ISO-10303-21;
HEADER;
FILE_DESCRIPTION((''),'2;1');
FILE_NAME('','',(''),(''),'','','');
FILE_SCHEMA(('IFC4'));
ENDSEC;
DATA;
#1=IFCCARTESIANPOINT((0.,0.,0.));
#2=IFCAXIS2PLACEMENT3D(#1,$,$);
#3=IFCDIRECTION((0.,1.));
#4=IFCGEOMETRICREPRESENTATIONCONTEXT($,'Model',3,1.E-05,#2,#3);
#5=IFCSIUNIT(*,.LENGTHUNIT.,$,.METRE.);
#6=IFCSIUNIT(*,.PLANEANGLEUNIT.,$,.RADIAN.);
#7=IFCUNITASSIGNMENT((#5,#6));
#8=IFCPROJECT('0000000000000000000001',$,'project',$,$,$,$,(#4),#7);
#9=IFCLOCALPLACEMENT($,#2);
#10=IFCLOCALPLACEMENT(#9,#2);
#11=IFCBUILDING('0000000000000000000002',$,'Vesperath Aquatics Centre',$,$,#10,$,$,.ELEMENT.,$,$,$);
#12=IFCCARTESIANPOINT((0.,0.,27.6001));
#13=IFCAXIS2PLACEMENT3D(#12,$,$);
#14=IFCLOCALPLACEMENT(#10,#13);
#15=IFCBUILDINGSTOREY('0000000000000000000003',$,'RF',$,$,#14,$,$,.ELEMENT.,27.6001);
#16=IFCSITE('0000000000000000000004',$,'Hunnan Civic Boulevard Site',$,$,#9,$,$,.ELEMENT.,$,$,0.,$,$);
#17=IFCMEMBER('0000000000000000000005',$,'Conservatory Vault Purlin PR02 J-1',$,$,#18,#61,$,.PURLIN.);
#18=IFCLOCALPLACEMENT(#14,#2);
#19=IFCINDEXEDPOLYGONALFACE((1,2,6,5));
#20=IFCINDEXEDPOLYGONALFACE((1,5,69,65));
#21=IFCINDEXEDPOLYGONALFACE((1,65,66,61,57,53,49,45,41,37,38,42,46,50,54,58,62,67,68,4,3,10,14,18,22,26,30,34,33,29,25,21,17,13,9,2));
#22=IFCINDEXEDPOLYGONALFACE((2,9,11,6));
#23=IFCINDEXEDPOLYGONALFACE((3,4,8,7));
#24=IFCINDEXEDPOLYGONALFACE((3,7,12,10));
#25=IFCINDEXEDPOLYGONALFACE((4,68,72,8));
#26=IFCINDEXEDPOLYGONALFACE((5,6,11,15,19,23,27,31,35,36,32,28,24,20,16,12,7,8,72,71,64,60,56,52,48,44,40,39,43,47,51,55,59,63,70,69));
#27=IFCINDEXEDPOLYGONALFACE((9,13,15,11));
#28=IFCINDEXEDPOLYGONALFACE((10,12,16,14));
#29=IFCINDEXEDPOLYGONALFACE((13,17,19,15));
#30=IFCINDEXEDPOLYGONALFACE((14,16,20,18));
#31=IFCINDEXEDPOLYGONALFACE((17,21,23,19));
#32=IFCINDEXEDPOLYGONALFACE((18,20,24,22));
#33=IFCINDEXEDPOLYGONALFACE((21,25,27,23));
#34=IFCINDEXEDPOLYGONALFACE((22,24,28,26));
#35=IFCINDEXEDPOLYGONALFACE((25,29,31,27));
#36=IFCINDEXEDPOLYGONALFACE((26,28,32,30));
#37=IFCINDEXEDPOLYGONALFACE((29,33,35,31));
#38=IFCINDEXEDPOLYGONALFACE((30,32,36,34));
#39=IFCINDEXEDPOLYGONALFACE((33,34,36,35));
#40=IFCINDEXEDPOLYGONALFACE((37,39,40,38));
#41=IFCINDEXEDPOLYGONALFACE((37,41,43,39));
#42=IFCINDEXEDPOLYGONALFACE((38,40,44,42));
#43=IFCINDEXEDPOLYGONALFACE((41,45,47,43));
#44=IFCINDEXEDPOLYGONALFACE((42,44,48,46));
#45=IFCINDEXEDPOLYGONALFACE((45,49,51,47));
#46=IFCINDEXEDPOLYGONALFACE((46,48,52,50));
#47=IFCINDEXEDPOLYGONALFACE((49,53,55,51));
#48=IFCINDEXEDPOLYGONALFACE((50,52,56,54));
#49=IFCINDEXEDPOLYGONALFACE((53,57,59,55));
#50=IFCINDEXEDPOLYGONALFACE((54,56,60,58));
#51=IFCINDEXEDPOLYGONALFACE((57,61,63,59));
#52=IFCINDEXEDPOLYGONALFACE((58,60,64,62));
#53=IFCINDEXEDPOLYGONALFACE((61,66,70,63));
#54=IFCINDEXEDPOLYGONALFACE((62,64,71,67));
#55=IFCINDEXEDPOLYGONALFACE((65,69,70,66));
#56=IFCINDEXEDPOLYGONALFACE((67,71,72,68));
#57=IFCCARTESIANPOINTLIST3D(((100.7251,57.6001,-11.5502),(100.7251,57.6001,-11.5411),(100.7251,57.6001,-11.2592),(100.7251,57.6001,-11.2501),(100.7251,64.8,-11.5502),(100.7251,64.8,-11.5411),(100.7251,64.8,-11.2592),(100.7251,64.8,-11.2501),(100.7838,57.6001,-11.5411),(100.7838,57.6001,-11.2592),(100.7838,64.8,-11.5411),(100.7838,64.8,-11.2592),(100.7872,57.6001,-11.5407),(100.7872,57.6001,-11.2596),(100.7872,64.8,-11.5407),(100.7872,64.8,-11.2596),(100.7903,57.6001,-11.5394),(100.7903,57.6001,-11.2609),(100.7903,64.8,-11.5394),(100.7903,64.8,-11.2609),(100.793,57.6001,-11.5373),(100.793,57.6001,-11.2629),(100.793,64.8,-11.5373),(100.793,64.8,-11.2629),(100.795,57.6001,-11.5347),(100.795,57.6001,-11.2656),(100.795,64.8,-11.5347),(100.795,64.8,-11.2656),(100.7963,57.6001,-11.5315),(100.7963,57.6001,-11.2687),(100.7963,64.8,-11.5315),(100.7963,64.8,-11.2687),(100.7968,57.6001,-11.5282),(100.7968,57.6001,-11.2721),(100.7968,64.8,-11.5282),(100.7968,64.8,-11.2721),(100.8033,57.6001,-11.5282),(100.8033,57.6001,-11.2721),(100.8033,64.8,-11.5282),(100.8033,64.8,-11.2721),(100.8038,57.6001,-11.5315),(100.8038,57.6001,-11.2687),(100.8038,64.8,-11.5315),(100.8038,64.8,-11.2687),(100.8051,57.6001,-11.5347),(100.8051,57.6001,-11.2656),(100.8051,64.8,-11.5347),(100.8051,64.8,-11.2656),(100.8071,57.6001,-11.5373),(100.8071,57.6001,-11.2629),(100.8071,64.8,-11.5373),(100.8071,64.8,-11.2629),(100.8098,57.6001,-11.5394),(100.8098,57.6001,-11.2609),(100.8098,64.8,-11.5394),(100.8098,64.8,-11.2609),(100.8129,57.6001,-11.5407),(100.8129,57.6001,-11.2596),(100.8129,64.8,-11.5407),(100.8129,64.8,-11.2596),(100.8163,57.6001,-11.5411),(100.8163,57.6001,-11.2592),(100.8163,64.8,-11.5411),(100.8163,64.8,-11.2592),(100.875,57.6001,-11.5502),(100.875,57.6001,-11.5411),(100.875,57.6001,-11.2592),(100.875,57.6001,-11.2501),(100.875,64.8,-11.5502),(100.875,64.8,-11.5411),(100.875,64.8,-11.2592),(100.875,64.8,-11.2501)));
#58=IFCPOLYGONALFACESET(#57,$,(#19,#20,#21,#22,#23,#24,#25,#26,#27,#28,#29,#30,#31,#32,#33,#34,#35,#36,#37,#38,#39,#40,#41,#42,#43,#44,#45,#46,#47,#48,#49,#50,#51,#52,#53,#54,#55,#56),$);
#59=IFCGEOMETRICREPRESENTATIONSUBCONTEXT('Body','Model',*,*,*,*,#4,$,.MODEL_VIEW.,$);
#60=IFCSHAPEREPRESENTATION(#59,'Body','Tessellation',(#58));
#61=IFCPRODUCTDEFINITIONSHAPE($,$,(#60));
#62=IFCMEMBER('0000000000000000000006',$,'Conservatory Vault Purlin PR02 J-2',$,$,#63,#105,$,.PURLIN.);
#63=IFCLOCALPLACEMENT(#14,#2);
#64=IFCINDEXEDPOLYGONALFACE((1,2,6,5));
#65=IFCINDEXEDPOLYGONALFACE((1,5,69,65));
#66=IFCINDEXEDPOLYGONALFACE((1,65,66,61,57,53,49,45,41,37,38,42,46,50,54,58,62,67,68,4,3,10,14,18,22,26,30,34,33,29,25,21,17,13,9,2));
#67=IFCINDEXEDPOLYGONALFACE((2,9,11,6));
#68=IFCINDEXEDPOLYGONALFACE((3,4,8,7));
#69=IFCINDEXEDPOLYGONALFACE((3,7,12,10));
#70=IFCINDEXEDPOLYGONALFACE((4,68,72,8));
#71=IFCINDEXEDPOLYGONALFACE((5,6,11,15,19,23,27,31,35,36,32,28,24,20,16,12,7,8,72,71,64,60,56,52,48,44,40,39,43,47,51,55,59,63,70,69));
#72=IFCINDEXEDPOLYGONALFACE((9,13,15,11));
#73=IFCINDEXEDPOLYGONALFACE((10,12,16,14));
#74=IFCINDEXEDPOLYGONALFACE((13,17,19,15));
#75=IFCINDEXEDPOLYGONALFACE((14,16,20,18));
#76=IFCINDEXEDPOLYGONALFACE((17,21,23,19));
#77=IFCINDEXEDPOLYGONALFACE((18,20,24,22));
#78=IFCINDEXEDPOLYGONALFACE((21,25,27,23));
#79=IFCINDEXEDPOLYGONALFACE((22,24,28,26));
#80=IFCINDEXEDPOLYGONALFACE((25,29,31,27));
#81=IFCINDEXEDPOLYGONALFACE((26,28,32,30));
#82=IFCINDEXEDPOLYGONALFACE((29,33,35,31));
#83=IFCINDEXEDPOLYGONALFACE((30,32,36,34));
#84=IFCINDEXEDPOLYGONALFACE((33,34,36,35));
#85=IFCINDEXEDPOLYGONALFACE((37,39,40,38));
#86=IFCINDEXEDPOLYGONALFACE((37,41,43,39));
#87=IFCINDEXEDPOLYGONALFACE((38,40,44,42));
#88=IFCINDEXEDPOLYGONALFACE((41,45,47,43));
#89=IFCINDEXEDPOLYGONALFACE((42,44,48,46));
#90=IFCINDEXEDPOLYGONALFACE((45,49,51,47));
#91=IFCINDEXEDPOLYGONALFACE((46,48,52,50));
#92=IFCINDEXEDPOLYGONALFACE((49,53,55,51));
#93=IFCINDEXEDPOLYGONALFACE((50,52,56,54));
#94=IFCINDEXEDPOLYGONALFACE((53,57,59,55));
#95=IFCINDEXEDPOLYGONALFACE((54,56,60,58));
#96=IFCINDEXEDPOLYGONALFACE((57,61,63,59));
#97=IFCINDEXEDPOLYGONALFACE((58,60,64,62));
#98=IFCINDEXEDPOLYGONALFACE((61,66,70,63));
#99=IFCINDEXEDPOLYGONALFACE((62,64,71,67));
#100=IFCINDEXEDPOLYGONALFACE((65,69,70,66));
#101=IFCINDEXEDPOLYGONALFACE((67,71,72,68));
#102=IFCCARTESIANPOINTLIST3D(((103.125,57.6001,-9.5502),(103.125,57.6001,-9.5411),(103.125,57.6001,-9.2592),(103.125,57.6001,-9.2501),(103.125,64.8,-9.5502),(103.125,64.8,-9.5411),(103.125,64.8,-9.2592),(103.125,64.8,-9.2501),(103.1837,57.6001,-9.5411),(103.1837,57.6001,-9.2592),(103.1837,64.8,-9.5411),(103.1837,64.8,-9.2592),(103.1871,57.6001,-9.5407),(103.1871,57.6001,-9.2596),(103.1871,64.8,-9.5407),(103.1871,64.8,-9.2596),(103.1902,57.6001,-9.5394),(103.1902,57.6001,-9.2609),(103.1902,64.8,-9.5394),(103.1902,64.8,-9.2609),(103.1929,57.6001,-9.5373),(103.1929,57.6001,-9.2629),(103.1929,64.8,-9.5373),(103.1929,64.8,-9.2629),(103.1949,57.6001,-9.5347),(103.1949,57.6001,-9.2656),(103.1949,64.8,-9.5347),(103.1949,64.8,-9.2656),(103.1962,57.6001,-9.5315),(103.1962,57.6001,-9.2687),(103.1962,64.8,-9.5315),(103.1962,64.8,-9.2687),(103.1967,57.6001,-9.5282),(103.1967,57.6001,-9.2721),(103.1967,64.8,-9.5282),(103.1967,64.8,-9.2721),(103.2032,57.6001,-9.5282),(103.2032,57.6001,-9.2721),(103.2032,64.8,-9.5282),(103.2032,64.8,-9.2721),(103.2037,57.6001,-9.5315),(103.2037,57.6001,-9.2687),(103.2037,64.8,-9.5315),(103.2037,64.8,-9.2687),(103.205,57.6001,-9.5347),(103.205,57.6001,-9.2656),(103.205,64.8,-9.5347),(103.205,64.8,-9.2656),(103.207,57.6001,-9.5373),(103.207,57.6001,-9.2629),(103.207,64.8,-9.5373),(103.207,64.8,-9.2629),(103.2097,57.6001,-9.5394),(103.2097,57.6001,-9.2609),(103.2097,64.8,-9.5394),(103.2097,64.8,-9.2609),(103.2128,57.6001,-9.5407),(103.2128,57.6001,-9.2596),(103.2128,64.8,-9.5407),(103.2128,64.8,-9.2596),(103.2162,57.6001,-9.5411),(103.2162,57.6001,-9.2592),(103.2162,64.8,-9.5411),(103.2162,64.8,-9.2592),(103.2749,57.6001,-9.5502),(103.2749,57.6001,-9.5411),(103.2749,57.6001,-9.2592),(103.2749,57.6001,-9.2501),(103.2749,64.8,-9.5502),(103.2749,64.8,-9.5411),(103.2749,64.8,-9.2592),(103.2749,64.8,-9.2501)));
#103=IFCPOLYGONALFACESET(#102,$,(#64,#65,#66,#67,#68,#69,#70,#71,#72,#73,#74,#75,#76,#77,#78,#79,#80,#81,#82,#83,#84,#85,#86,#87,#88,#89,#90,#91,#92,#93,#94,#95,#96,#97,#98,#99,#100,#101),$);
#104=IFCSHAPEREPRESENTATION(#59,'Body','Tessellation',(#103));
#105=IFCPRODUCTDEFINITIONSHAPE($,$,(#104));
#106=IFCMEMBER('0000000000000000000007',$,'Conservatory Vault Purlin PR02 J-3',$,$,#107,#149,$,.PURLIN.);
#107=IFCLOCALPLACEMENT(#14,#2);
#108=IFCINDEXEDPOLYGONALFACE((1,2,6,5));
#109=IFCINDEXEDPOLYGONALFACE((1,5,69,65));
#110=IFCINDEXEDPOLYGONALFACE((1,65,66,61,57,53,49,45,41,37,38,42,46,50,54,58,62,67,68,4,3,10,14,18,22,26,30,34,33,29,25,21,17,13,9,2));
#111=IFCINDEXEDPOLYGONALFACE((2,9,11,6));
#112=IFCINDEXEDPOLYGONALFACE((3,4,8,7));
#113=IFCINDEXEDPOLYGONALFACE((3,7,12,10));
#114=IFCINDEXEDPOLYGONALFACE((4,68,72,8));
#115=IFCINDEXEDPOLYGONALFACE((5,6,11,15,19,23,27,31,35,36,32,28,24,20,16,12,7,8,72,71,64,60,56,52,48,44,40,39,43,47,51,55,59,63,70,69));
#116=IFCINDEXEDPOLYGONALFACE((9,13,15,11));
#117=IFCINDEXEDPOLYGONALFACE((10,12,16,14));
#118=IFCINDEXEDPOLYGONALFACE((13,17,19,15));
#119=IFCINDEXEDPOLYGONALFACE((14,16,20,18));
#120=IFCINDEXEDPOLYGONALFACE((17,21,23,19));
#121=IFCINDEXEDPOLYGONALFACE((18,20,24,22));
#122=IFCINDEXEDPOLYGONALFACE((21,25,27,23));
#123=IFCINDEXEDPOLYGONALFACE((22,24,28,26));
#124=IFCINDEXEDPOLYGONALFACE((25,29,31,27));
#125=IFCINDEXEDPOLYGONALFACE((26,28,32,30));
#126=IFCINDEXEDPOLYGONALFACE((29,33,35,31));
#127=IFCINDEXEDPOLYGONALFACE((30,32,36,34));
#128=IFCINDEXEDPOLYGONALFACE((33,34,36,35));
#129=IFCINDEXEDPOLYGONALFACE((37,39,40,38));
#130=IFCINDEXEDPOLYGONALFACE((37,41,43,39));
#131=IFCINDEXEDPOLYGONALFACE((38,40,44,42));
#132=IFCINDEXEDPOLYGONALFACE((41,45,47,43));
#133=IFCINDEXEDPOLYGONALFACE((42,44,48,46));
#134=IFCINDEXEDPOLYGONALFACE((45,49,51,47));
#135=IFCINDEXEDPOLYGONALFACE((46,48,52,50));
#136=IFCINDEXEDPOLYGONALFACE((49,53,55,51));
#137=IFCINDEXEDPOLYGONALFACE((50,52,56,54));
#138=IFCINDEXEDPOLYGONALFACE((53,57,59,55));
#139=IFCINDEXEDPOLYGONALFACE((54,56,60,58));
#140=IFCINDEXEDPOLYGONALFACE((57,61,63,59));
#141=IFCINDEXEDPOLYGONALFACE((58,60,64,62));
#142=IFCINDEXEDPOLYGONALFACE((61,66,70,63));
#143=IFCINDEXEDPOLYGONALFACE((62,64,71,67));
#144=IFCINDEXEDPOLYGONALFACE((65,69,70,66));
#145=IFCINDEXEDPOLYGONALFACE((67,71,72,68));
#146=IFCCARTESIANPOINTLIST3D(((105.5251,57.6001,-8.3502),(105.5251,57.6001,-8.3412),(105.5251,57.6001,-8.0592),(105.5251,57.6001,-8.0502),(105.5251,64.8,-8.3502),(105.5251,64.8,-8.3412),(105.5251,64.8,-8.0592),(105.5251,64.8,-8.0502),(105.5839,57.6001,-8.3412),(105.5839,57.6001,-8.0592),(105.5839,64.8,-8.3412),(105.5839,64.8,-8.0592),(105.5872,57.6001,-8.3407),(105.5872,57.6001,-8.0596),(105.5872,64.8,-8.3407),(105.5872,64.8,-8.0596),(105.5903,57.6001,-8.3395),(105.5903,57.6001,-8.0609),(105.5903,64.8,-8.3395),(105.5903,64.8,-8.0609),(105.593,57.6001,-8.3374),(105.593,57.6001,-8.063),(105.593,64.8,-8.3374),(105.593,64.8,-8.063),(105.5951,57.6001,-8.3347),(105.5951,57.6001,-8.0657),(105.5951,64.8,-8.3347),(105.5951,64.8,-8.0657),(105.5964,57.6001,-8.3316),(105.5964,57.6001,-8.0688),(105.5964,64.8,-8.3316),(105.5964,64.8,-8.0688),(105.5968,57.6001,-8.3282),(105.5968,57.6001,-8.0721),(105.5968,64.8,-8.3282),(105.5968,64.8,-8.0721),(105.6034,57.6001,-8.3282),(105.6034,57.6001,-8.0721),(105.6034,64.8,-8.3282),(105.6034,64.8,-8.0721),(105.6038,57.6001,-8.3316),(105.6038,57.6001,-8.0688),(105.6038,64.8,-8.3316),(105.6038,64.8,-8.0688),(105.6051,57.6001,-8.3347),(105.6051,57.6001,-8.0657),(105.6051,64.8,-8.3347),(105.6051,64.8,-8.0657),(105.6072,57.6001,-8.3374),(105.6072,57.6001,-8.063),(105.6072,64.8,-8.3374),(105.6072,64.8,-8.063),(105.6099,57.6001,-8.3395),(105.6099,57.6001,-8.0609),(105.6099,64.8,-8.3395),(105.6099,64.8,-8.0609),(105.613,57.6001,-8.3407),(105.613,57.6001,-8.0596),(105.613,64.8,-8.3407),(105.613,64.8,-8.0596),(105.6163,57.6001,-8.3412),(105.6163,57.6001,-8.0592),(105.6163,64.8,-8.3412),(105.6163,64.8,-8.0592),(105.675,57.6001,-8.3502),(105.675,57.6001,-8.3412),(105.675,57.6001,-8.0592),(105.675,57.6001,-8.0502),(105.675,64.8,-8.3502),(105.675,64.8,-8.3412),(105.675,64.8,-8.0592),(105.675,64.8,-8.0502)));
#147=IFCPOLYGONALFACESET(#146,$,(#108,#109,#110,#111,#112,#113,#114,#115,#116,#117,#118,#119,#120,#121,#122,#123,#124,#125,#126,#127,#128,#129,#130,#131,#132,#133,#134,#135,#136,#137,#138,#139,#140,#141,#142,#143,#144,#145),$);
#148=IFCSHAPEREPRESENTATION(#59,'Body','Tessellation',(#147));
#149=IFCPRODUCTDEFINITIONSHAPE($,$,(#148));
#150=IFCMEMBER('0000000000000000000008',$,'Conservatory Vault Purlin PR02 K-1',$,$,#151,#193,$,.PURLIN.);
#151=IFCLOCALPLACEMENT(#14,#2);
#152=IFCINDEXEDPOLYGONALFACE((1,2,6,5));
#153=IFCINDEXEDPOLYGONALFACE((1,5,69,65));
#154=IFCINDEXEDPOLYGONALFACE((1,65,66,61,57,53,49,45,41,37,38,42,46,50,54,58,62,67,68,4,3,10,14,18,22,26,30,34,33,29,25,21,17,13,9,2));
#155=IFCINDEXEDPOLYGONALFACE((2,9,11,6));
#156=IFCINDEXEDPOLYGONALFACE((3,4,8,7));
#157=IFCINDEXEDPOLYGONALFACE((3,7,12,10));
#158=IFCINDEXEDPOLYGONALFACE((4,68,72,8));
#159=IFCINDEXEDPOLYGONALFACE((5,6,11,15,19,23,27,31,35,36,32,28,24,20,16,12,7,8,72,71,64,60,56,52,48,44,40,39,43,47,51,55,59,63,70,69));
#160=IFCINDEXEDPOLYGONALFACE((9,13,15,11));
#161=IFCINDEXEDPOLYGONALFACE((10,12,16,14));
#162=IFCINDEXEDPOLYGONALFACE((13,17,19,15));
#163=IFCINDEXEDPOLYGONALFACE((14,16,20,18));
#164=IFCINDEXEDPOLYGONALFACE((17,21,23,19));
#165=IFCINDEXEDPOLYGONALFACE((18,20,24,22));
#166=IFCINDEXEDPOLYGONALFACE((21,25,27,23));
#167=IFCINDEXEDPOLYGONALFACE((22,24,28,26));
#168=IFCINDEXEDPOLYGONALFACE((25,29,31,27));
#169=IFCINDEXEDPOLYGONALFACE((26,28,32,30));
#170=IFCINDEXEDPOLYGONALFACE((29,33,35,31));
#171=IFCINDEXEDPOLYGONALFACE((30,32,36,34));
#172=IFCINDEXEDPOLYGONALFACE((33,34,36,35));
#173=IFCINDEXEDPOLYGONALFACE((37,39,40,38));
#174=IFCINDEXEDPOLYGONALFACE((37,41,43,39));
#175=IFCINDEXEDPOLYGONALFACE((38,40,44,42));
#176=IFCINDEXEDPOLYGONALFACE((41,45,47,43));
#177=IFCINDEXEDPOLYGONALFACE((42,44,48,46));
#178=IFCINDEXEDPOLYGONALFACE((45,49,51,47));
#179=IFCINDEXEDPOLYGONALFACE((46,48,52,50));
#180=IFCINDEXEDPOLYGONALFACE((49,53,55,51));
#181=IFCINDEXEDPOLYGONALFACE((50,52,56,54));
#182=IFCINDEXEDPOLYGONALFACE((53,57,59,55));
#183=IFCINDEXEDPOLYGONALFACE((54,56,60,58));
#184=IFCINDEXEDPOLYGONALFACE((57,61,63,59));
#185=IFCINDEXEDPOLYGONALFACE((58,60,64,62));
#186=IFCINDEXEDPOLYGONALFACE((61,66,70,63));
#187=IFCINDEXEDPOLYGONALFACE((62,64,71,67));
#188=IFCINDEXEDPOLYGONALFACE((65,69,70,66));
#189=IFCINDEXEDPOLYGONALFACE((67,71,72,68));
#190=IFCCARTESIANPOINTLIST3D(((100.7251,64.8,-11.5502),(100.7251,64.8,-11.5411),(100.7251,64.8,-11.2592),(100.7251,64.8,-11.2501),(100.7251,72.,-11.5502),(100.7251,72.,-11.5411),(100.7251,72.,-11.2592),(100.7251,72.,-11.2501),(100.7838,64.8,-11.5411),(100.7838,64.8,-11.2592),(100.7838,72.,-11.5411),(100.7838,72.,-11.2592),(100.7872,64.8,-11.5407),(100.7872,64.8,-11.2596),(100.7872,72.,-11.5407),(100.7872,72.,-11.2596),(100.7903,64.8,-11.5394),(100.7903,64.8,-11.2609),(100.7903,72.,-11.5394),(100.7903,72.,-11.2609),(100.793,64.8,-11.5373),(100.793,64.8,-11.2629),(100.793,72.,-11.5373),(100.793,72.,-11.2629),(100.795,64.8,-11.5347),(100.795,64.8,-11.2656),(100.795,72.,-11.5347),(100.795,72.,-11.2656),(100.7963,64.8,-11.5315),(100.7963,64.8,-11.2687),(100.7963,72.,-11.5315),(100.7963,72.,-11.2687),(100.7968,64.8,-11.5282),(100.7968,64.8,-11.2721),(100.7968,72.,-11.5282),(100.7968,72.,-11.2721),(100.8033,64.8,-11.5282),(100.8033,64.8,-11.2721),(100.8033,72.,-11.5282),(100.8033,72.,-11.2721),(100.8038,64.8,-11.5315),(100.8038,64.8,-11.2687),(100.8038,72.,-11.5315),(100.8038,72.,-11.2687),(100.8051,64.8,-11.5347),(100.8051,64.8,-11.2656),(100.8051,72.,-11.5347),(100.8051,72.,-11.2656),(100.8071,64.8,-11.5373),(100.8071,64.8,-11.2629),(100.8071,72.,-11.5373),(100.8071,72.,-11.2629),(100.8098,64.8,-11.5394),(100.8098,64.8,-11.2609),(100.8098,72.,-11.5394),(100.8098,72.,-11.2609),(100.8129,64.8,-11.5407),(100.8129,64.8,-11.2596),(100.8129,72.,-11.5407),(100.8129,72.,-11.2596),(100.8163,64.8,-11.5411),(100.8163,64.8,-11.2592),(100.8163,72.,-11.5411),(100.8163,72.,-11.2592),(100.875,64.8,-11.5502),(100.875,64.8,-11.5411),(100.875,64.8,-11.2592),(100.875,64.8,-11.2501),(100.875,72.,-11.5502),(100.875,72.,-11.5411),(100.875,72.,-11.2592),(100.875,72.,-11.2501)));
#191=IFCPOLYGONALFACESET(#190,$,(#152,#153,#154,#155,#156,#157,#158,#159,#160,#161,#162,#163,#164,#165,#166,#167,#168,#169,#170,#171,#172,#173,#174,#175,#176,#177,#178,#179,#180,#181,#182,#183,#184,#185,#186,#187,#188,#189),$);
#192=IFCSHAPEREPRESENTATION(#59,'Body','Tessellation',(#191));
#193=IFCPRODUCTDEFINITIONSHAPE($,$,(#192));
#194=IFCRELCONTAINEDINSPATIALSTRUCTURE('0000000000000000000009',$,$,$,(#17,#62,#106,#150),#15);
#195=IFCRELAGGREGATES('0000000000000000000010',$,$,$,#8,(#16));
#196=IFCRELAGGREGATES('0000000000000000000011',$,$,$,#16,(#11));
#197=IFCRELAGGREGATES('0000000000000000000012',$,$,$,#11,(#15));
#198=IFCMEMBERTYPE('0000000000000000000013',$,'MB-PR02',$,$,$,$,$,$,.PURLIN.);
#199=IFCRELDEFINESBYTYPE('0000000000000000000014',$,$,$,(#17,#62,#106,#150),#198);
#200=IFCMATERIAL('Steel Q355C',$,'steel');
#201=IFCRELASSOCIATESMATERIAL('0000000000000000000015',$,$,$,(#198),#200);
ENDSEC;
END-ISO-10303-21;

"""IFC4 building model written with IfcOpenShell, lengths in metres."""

from ifc_helpers import new_model, si_unit, direction, frame, origin, origin_2d, place, context, subcontext, project, spatial, i_section, extrude, material, material_profile, profile_set, type_object, element, save


model = new_model("IFC4")

# Units and contexts
model_context = context("Model", 3, precision=1e-05, world=origin(), true_north=direction((0.0, 1.0)))
body_context = subcontext(model_context, "Body", "Model", "MODEL_VIEW")
ifc_project = project(units=[si_unit("LENGTHUNIT", "METRE"), si_unit("PLANEANGLEUNIT", "RADIAN")], contexts=[model_context])

# Site, building, storey
site_placement = place(None, origin())
site = spatial("IfcSite", under=ifc_project, at=site_placement, Name="Hunnan Civic Boulevard Site", CompositionType="ELEMENT", RefElevation=0.0)
building_placement = place(site_placement, origin())
building = spatial("IfcBuilding", under=site, at=building_placement, Name="Vesperath Aquatics Centre", CompositionType="ELEMENT")
storey_placement = place(building_placement, frame((0.0, 0.0, 27.6001)))
storey = spatial("IfcBuildingStorey", under=building, at=storey_placement, Name="RF", CompositionType="ELEMENT", Elevation=27.6001)

# Members
ifc_material_1 = material(Name="Steel Q355C", Category="steel")
ifc_material_profile_1 = material_profile(ifc_material_1, i_section(OverallWidth=0.1499, OverallDepth=0.3, WebThickness=0.0066, FlangeThickness=0.009, FilletRadius=0.0129, at=origin_2d()), Name="HN 300x150x6.5x9")
ifc_profile_set_1 = profile_set([ifc_material_profile_1], Name="Steel Q355C")
member_type_1 = type_object("IfcMemberType", Name="MB-PR02", PredefinedType="PURLIN", material=ifc_profile_set_1)
for number, where, z_axis, x_axis, name in (
    (1, (100.8, 57.6001, -11.4001), (0.0, 1.0, 0.0), (-1.0, 0.0, 0.0), "Conservatory Vault Purlin PR02 J-1"),
    (2, (103.2, 57.6001, -9.4001), (0.0, 1.0, 0.0), (-1.0, 0.0, 0.0), "Conservatory Vault Purlin PR02 J-2"),
    (3, (105.6001, 57.6001, -8.2002), (0.0, 1.0, 0.0), (-1.0, 0.0, 0.0), "Conservatory Vault Purlin PR02 J-3"),
    (4, (100.8, 64.8, -11.4001), (0.0, 1.0, 0.0), (-1.0, 0.0, 0.0), "Conservatory Vault Purlin PR02 K-1"),
):
    element("IfcMember", number, at=place(storey_placement, frame(where, z_axis=z_axis, x_axis=x_axis)), inside=storey, type_object=member_type_1, Name=name, PredefinedType="PURLIN", context=body_context, shape_type="SweptSolid", body=[
        extrude(i_section(OverallWidth=0.1499, OverallDepth=0.3, WebThickness=0.0066, FlangeThickness=0.009, FilletRadius=0.0129, at=origin_2d()), origin(), (0.0, 0.0, 1.0), 7.2),
    ])

save(model, "model.ifc")
